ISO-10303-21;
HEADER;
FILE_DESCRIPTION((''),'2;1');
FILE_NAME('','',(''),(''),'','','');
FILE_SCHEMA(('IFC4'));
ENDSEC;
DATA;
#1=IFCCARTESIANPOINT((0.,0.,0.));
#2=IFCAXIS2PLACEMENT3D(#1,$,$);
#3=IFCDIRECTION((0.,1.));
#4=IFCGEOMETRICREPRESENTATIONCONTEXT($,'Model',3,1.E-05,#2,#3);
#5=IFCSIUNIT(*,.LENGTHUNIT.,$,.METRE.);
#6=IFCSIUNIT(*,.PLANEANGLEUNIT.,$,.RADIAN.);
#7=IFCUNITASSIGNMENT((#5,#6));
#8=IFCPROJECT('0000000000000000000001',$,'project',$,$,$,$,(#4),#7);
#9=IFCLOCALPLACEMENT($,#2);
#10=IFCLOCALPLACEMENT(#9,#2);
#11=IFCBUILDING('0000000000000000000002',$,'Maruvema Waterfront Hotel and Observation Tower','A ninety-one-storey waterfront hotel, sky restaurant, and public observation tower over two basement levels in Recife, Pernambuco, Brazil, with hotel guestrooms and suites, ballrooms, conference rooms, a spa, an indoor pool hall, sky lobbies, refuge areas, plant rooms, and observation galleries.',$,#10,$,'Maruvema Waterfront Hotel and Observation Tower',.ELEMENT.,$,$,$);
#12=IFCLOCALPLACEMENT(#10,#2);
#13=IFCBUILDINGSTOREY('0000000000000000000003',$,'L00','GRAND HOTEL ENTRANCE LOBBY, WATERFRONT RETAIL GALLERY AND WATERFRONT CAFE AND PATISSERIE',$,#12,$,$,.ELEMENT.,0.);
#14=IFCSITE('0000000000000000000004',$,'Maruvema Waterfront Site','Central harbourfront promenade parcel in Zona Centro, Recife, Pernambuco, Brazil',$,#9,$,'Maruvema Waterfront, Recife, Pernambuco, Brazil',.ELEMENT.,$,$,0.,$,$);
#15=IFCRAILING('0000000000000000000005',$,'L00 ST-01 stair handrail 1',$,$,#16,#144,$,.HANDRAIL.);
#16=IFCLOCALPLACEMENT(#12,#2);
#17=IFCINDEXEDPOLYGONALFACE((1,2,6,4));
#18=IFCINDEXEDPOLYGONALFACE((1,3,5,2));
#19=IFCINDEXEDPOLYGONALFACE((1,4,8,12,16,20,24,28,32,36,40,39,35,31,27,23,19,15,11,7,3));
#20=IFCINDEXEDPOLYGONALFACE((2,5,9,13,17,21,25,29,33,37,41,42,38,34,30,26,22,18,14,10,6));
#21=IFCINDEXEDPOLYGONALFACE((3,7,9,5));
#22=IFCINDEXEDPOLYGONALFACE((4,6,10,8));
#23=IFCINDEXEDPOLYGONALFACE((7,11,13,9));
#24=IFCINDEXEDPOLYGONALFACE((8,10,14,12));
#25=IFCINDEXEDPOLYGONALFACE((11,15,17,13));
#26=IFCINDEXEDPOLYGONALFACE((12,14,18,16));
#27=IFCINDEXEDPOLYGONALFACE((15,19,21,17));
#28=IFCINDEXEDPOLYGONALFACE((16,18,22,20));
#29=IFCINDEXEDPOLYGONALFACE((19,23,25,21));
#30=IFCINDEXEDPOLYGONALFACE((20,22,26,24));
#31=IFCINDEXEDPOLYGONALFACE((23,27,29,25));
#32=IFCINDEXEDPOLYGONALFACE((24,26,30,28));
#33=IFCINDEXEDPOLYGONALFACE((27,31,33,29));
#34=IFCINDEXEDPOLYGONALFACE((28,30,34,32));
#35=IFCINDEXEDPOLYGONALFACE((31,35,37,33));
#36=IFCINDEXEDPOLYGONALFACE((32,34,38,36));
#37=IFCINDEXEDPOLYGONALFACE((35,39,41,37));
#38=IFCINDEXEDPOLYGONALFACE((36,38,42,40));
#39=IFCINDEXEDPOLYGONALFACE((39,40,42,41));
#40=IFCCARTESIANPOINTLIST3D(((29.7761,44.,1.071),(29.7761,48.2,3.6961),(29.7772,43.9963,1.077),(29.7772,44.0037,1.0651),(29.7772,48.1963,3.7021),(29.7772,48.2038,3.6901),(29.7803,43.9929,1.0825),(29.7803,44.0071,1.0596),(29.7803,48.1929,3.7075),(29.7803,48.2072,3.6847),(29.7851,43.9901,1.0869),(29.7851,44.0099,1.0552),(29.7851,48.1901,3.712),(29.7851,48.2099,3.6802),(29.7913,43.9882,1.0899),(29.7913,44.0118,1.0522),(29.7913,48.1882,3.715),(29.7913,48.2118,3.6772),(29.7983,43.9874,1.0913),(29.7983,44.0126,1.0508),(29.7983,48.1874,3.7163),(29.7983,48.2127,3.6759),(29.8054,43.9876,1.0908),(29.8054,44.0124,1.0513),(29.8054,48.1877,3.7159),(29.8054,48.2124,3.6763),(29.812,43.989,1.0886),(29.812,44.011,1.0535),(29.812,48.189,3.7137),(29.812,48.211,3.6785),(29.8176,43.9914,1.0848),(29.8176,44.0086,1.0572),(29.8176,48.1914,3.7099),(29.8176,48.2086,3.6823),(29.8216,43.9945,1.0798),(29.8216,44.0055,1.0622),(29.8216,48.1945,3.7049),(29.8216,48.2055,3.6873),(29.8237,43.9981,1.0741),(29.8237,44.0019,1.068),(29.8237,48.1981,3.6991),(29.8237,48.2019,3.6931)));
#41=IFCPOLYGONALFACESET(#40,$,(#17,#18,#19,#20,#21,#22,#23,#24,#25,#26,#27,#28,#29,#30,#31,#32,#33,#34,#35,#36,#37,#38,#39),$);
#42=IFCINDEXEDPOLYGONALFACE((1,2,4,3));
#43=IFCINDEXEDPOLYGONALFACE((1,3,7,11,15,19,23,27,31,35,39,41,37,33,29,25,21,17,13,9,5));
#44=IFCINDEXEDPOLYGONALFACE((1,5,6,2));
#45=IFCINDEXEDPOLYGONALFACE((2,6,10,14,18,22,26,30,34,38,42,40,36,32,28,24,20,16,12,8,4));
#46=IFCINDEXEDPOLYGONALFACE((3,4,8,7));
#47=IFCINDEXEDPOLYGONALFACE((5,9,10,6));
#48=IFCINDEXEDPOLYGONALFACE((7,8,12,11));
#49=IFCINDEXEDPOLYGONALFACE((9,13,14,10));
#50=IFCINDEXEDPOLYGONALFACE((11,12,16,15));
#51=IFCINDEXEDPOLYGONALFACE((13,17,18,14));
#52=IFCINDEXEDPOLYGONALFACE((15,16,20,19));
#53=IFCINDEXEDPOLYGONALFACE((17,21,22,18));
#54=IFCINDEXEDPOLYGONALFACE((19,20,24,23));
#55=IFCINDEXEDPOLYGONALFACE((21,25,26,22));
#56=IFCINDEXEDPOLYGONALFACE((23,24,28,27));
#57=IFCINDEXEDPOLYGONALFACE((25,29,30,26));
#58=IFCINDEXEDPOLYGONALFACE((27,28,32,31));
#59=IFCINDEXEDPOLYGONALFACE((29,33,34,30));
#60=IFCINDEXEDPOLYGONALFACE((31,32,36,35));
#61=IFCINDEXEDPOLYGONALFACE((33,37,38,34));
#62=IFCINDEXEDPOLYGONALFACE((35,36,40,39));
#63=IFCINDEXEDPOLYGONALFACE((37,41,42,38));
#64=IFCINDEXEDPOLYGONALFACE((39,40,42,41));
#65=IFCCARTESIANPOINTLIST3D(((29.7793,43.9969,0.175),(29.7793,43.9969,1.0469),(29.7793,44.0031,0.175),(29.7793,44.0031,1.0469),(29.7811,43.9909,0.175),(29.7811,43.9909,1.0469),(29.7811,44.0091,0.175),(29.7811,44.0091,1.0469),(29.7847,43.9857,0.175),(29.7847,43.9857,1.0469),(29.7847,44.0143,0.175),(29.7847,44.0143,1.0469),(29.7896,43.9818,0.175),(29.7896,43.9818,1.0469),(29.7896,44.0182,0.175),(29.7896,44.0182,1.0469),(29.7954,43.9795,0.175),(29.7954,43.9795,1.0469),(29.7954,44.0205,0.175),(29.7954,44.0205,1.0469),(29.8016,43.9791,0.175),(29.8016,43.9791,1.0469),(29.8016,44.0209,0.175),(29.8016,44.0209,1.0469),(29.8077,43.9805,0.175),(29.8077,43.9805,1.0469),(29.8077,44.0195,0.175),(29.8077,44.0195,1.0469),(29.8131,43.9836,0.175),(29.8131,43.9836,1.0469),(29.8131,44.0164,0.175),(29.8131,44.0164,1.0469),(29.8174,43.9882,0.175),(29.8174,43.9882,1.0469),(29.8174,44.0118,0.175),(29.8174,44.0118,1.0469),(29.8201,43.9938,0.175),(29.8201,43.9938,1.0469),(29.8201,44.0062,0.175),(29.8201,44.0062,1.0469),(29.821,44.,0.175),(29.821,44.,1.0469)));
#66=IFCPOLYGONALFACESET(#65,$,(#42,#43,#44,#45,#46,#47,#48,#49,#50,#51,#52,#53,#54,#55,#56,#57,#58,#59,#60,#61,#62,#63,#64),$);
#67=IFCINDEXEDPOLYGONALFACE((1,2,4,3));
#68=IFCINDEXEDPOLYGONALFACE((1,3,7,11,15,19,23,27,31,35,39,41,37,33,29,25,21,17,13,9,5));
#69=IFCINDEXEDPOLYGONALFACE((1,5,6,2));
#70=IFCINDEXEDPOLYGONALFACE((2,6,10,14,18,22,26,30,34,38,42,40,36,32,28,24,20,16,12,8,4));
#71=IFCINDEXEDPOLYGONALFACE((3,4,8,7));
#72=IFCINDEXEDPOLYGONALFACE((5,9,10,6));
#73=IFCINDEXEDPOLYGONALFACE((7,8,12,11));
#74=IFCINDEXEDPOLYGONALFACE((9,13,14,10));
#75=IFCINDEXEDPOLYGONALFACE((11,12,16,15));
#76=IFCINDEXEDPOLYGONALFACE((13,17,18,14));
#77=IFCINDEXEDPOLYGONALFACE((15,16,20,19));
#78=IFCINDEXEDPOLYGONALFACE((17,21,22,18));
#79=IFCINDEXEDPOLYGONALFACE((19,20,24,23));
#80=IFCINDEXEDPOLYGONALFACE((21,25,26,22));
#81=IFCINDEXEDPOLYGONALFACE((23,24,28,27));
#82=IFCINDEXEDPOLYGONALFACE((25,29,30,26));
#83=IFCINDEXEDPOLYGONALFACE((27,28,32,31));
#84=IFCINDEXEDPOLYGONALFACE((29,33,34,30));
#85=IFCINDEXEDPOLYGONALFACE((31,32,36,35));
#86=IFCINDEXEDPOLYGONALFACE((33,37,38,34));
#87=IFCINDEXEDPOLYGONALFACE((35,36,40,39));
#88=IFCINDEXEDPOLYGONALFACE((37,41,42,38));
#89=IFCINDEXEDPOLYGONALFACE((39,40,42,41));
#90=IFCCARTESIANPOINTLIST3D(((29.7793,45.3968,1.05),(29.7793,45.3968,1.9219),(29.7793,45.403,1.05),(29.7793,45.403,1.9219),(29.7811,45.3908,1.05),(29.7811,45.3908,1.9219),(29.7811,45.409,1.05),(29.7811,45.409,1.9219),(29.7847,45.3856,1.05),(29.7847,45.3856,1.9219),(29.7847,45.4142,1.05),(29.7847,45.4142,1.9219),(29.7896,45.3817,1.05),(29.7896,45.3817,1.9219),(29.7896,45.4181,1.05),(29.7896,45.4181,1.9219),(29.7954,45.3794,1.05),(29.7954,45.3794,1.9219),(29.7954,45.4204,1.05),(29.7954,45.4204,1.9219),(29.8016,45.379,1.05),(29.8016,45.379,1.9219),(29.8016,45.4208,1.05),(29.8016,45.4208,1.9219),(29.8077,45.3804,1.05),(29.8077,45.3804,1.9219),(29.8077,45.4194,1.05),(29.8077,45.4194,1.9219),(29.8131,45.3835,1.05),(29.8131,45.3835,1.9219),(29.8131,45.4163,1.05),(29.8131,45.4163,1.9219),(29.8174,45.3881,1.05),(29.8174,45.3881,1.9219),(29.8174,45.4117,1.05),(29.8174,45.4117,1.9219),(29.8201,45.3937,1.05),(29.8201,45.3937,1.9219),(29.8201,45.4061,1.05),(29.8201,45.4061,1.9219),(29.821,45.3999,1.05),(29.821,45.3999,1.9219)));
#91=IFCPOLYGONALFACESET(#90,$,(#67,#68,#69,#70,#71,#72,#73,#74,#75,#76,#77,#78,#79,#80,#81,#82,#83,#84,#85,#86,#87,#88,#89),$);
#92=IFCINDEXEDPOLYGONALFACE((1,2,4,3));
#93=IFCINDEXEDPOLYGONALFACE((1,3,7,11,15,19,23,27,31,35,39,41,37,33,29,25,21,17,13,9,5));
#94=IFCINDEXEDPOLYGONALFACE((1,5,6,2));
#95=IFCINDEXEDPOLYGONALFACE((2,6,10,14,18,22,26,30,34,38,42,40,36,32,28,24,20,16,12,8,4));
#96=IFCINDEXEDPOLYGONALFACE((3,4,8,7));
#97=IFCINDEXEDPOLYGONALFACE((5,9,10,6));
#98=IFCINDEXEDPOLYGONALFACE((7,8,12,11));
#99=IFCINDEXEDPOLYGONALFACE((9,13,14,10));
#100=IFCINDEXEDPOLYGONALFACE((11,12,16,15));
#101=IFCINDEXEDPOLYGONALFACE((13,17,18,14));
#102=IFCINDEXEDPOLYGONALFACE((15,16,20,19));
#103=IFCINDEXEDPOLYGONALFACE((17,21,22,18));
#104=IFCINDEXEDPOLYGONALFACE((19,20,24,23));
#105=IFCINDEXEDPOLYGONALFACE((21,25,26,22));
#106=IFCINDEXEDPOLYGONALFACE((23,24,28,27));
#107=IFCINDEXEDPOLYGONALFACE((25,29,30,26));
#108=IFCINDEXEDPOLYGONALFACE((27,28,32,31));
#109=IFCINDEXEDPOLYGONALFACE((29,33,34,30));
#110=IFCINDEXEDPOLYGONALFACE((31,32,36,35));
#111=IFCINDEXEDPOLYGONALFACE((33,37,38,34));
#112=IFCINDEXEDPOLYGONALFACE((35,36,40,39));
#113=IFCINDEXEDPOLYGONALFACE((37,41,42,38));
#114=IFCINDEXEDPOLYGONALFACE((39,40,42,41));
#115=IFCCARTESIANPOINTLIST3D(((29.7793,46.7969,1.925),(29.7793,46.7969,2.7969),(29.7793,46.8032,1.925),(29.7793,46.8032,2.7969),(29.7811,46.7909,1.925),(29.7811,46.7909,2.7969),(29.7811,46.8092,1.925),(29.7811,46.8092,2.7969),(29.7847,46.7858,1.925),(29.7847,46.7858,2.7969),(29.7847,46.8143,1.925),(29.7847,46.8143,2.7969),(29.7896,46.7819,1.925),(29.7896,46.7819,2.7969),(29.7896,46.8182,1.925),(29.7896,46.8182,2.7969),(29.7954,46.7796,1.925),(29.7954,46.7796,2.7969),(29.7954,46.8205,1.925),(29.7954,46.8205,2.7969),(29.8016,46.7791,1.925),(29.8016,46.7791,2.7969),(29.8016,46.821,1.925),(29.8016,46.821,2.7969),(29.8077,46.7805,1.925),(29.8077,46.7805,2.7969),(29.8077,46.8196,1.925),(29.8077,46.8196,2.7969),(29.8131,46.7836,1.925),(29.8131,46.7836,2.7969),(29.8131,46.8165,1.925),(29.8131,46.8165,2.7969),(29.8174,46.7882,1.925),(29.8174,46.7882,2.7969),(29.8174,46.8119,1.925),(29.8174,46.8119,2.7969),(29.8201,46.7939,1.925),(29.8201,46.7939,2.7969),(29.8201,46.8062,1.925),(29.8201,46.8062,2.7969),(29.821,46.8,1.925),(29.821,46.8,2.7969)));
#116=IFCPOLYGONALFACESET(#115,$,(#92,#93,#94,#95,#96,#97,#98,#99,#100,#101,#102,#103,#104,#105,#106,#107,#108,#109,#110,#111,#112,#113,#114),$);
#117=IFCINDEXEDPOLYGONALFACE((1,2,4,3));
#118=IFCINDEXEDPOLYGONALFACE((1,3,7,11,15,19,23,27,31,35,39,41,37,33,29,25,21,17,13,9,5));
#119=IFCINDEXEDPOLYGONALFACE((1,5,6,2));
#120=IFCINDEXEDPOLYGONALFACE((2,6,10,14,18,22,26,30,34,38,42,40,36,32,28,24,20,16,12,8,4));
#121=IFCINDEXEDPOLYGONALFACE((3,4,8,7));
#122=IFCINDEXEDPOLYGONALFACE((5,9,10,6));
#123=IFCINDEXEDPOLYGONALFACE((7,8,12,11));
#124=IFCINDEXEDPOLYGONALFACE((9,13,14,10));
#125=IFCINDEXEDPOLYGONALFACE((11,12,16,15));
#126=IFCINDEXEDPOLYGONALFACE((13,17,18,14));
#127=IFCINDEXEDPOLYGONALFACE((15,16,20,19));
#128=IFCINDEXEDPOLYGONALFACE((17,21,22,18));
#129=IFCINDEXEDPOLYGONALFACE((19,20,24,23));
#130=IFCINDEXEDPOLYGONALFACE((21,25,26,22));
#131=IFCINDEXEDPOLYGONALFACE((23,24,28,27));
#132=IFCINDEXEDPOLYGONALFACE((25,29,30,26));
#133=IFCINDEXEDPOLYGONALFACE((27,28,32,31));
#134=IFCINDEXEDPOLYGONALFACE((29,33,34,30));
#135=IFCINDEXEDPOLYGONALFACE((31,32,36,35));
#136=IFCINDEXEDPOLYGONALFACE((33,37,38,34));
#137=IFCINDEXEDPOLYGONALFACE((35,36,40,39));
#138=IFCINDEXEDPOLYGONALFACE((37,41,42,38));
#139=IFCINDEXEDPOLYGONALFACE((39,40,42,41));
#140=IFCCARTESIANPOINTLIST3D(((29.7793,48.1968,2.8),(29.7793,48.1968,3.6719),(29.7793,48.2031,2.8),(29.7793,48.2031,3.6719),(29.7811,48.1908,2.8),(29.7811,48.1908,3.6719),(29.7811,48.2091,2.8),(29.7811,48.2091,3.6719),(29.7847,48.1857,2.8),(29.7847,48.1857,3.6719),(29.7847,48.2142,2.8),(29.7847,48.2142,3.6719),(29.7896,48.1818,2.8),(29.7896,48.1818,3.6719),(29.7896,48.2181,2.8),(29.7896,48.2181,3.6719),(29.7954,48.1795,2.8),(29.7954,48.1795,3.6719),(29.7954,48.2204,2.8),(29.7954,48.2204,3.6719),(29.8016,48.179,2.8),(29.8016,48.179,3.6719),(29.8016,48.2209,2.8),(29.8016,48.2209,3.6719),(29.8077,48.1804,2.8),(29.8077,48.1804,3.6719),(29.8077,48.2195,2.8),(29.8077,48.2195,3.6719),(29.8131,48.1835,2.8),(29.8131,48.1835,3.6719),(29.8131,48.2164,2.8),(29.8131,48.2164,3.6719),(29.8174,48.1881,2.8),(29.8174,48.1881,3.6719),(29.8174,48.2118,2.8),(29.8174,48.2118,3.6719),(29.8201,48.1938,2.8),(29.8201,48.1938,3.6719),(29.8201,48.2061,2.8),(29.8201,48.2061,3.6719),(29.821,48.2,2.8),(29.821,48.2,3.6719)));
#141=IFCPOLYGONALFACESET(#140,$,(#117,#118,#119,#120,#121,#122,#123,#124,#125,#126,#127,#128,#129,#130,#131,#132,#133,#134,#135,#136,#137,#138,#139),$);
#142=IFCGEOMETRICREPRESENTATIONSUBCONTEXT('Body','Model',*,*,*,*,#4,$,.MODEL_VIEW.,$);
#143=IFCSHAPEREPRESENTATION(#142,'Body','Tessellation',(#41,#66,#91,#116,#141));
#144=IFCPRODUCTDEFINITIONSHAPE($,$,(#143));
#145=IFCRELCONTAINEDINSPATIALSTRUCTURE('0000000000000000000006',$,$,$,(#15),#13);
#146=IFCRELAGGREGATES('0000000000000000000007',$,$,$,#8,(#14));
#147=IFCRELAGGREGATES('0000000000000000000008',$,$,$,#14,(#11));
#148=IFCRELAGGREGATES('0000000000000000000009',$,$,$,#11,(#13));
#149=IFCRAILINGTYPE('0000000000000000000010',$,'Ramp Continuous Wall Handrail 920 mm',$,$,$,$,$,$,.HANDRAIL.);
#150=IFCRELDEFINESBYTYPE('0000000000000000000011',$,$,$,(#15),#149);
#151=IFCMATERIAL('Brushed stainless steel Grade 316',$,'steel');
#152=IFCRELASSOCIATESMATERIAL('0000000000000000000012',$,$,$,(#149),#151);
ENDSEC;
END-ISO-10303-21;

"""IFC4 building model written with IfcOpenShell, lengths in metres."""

from ifc_helpers import new_model, si_unit, direction, frame, origin, origin_2d, place, context, subcontext, project, spatial, circle, extrude, material, type_object, element, save


model = new_model("IFC4")

# Units and contexts
model_context = context("Model", 3, precision=1e-05, world=origin(), true_north=direction((0.0, 1.0)))
body_context = subcontext(model_context, "Body", "Model", "MODEL_VIEW")
ifc_project = project(units=[si_unit("LENGTHUNIT", "METRE"), si_unit("PLANEANGLEUNIT", "RADIAN")], contexts=[model_context])

# Site, building, storey
site_placement = place(None, origin())
site = spatial("IfcSite", under=ifc_project, at=site_placement, Name="Maruvema Waterfront Site", Description="Central harbourfront promenade parcel in Zona Centro, Recife, Pernambuco, Brazil", LongName="Maruvema Waterfront, Recife, Pernambuco, Brazil", CompositionType="ELEMENT", RefElevation=0.0)
building_placement = place(site_placement, origin())
building = spatial("IfcBuilding", under=site, at=building_placement, Name="Maruvema Waterfront Hotel and Observation Tower", Description="A ninety-one-storey waterfront hotel, sky restaurant, and public observation tower over two basement levels in Recife, Pernambuco, Brazil, with hotel guestrooms and suites, ballrooms, conference rooms, a spa, an indoor pool hall, sky lobbies, refuge areas, plant rooms, and observation galleries.", LongName="Maruvema Waterfront Hotel and Observation Tower", CompositionType="ELEMENT")
storey_placement = place(building_placement, origin())
storey = spatial("IfcBuildingStorey", under=building, at=storey_placement, Name="L00", Description="GRAND HOTEL ENTRANCE LOBBY, WATERFRONT RETAIL GALLERY AND WATERFRONT CAFE AND PATISSERIE", CompositionType="ELEMENT", Elevation=0.0)

# Railing
ifc_material_1 = material(Name="Brushed stainless steel Grade 316", Category="steel")
railing_type_1 = type_object("IfcRailingType", Name="Ramp Continuous Wall Handrail 920 mm", PredefinedType="HANDRAIL", material=ifc_material_1)
railing_1_placement = place(storey_placement, frame((29.8, 44.0, 0.175)))
element("IfcRailing", 1, at=railing_1_placement, inside=storey, type_object=railing_type_1, Name="L00 ST-01 stair handrail 1", PredefinedType="HANDRAIL", context=body_context, shape_type="SweptSolid", body=[
    extrude(circle(Radius=0.0239, at=origin_2d()), frame((0.0, 0.0, 0.896), z_axis=(0.0, 0.847996, 0.530003), x_axis=(-1.0, 0.0, 0.0)), (0.0, 0.0, 1.0), 4.9529),
    extrude(circle(Radius=0.021, at=origin_2d()), origin(), (0.0, 0.0, 1.0), 0.8718),
    extrude(circle(Radius=0.021, at=origin_2d()), frame((0.0, 1.3999, 0.875)), (0.0, 0.0, 1.0), 0.8718),
    extrude(circle(Radius=0.021, at=origin_2d()), frame((0.0, 2.8, 1.75)), (0.0, 0.0, 1.0), 0.8718),
    extrude(circle(Radius=0.021, at=origin_2d()), frame((0.0, 4.2, 2.625)), (0.0, 0.0, 1.0), 0.8718),
])

save(model, "model.ifc")
